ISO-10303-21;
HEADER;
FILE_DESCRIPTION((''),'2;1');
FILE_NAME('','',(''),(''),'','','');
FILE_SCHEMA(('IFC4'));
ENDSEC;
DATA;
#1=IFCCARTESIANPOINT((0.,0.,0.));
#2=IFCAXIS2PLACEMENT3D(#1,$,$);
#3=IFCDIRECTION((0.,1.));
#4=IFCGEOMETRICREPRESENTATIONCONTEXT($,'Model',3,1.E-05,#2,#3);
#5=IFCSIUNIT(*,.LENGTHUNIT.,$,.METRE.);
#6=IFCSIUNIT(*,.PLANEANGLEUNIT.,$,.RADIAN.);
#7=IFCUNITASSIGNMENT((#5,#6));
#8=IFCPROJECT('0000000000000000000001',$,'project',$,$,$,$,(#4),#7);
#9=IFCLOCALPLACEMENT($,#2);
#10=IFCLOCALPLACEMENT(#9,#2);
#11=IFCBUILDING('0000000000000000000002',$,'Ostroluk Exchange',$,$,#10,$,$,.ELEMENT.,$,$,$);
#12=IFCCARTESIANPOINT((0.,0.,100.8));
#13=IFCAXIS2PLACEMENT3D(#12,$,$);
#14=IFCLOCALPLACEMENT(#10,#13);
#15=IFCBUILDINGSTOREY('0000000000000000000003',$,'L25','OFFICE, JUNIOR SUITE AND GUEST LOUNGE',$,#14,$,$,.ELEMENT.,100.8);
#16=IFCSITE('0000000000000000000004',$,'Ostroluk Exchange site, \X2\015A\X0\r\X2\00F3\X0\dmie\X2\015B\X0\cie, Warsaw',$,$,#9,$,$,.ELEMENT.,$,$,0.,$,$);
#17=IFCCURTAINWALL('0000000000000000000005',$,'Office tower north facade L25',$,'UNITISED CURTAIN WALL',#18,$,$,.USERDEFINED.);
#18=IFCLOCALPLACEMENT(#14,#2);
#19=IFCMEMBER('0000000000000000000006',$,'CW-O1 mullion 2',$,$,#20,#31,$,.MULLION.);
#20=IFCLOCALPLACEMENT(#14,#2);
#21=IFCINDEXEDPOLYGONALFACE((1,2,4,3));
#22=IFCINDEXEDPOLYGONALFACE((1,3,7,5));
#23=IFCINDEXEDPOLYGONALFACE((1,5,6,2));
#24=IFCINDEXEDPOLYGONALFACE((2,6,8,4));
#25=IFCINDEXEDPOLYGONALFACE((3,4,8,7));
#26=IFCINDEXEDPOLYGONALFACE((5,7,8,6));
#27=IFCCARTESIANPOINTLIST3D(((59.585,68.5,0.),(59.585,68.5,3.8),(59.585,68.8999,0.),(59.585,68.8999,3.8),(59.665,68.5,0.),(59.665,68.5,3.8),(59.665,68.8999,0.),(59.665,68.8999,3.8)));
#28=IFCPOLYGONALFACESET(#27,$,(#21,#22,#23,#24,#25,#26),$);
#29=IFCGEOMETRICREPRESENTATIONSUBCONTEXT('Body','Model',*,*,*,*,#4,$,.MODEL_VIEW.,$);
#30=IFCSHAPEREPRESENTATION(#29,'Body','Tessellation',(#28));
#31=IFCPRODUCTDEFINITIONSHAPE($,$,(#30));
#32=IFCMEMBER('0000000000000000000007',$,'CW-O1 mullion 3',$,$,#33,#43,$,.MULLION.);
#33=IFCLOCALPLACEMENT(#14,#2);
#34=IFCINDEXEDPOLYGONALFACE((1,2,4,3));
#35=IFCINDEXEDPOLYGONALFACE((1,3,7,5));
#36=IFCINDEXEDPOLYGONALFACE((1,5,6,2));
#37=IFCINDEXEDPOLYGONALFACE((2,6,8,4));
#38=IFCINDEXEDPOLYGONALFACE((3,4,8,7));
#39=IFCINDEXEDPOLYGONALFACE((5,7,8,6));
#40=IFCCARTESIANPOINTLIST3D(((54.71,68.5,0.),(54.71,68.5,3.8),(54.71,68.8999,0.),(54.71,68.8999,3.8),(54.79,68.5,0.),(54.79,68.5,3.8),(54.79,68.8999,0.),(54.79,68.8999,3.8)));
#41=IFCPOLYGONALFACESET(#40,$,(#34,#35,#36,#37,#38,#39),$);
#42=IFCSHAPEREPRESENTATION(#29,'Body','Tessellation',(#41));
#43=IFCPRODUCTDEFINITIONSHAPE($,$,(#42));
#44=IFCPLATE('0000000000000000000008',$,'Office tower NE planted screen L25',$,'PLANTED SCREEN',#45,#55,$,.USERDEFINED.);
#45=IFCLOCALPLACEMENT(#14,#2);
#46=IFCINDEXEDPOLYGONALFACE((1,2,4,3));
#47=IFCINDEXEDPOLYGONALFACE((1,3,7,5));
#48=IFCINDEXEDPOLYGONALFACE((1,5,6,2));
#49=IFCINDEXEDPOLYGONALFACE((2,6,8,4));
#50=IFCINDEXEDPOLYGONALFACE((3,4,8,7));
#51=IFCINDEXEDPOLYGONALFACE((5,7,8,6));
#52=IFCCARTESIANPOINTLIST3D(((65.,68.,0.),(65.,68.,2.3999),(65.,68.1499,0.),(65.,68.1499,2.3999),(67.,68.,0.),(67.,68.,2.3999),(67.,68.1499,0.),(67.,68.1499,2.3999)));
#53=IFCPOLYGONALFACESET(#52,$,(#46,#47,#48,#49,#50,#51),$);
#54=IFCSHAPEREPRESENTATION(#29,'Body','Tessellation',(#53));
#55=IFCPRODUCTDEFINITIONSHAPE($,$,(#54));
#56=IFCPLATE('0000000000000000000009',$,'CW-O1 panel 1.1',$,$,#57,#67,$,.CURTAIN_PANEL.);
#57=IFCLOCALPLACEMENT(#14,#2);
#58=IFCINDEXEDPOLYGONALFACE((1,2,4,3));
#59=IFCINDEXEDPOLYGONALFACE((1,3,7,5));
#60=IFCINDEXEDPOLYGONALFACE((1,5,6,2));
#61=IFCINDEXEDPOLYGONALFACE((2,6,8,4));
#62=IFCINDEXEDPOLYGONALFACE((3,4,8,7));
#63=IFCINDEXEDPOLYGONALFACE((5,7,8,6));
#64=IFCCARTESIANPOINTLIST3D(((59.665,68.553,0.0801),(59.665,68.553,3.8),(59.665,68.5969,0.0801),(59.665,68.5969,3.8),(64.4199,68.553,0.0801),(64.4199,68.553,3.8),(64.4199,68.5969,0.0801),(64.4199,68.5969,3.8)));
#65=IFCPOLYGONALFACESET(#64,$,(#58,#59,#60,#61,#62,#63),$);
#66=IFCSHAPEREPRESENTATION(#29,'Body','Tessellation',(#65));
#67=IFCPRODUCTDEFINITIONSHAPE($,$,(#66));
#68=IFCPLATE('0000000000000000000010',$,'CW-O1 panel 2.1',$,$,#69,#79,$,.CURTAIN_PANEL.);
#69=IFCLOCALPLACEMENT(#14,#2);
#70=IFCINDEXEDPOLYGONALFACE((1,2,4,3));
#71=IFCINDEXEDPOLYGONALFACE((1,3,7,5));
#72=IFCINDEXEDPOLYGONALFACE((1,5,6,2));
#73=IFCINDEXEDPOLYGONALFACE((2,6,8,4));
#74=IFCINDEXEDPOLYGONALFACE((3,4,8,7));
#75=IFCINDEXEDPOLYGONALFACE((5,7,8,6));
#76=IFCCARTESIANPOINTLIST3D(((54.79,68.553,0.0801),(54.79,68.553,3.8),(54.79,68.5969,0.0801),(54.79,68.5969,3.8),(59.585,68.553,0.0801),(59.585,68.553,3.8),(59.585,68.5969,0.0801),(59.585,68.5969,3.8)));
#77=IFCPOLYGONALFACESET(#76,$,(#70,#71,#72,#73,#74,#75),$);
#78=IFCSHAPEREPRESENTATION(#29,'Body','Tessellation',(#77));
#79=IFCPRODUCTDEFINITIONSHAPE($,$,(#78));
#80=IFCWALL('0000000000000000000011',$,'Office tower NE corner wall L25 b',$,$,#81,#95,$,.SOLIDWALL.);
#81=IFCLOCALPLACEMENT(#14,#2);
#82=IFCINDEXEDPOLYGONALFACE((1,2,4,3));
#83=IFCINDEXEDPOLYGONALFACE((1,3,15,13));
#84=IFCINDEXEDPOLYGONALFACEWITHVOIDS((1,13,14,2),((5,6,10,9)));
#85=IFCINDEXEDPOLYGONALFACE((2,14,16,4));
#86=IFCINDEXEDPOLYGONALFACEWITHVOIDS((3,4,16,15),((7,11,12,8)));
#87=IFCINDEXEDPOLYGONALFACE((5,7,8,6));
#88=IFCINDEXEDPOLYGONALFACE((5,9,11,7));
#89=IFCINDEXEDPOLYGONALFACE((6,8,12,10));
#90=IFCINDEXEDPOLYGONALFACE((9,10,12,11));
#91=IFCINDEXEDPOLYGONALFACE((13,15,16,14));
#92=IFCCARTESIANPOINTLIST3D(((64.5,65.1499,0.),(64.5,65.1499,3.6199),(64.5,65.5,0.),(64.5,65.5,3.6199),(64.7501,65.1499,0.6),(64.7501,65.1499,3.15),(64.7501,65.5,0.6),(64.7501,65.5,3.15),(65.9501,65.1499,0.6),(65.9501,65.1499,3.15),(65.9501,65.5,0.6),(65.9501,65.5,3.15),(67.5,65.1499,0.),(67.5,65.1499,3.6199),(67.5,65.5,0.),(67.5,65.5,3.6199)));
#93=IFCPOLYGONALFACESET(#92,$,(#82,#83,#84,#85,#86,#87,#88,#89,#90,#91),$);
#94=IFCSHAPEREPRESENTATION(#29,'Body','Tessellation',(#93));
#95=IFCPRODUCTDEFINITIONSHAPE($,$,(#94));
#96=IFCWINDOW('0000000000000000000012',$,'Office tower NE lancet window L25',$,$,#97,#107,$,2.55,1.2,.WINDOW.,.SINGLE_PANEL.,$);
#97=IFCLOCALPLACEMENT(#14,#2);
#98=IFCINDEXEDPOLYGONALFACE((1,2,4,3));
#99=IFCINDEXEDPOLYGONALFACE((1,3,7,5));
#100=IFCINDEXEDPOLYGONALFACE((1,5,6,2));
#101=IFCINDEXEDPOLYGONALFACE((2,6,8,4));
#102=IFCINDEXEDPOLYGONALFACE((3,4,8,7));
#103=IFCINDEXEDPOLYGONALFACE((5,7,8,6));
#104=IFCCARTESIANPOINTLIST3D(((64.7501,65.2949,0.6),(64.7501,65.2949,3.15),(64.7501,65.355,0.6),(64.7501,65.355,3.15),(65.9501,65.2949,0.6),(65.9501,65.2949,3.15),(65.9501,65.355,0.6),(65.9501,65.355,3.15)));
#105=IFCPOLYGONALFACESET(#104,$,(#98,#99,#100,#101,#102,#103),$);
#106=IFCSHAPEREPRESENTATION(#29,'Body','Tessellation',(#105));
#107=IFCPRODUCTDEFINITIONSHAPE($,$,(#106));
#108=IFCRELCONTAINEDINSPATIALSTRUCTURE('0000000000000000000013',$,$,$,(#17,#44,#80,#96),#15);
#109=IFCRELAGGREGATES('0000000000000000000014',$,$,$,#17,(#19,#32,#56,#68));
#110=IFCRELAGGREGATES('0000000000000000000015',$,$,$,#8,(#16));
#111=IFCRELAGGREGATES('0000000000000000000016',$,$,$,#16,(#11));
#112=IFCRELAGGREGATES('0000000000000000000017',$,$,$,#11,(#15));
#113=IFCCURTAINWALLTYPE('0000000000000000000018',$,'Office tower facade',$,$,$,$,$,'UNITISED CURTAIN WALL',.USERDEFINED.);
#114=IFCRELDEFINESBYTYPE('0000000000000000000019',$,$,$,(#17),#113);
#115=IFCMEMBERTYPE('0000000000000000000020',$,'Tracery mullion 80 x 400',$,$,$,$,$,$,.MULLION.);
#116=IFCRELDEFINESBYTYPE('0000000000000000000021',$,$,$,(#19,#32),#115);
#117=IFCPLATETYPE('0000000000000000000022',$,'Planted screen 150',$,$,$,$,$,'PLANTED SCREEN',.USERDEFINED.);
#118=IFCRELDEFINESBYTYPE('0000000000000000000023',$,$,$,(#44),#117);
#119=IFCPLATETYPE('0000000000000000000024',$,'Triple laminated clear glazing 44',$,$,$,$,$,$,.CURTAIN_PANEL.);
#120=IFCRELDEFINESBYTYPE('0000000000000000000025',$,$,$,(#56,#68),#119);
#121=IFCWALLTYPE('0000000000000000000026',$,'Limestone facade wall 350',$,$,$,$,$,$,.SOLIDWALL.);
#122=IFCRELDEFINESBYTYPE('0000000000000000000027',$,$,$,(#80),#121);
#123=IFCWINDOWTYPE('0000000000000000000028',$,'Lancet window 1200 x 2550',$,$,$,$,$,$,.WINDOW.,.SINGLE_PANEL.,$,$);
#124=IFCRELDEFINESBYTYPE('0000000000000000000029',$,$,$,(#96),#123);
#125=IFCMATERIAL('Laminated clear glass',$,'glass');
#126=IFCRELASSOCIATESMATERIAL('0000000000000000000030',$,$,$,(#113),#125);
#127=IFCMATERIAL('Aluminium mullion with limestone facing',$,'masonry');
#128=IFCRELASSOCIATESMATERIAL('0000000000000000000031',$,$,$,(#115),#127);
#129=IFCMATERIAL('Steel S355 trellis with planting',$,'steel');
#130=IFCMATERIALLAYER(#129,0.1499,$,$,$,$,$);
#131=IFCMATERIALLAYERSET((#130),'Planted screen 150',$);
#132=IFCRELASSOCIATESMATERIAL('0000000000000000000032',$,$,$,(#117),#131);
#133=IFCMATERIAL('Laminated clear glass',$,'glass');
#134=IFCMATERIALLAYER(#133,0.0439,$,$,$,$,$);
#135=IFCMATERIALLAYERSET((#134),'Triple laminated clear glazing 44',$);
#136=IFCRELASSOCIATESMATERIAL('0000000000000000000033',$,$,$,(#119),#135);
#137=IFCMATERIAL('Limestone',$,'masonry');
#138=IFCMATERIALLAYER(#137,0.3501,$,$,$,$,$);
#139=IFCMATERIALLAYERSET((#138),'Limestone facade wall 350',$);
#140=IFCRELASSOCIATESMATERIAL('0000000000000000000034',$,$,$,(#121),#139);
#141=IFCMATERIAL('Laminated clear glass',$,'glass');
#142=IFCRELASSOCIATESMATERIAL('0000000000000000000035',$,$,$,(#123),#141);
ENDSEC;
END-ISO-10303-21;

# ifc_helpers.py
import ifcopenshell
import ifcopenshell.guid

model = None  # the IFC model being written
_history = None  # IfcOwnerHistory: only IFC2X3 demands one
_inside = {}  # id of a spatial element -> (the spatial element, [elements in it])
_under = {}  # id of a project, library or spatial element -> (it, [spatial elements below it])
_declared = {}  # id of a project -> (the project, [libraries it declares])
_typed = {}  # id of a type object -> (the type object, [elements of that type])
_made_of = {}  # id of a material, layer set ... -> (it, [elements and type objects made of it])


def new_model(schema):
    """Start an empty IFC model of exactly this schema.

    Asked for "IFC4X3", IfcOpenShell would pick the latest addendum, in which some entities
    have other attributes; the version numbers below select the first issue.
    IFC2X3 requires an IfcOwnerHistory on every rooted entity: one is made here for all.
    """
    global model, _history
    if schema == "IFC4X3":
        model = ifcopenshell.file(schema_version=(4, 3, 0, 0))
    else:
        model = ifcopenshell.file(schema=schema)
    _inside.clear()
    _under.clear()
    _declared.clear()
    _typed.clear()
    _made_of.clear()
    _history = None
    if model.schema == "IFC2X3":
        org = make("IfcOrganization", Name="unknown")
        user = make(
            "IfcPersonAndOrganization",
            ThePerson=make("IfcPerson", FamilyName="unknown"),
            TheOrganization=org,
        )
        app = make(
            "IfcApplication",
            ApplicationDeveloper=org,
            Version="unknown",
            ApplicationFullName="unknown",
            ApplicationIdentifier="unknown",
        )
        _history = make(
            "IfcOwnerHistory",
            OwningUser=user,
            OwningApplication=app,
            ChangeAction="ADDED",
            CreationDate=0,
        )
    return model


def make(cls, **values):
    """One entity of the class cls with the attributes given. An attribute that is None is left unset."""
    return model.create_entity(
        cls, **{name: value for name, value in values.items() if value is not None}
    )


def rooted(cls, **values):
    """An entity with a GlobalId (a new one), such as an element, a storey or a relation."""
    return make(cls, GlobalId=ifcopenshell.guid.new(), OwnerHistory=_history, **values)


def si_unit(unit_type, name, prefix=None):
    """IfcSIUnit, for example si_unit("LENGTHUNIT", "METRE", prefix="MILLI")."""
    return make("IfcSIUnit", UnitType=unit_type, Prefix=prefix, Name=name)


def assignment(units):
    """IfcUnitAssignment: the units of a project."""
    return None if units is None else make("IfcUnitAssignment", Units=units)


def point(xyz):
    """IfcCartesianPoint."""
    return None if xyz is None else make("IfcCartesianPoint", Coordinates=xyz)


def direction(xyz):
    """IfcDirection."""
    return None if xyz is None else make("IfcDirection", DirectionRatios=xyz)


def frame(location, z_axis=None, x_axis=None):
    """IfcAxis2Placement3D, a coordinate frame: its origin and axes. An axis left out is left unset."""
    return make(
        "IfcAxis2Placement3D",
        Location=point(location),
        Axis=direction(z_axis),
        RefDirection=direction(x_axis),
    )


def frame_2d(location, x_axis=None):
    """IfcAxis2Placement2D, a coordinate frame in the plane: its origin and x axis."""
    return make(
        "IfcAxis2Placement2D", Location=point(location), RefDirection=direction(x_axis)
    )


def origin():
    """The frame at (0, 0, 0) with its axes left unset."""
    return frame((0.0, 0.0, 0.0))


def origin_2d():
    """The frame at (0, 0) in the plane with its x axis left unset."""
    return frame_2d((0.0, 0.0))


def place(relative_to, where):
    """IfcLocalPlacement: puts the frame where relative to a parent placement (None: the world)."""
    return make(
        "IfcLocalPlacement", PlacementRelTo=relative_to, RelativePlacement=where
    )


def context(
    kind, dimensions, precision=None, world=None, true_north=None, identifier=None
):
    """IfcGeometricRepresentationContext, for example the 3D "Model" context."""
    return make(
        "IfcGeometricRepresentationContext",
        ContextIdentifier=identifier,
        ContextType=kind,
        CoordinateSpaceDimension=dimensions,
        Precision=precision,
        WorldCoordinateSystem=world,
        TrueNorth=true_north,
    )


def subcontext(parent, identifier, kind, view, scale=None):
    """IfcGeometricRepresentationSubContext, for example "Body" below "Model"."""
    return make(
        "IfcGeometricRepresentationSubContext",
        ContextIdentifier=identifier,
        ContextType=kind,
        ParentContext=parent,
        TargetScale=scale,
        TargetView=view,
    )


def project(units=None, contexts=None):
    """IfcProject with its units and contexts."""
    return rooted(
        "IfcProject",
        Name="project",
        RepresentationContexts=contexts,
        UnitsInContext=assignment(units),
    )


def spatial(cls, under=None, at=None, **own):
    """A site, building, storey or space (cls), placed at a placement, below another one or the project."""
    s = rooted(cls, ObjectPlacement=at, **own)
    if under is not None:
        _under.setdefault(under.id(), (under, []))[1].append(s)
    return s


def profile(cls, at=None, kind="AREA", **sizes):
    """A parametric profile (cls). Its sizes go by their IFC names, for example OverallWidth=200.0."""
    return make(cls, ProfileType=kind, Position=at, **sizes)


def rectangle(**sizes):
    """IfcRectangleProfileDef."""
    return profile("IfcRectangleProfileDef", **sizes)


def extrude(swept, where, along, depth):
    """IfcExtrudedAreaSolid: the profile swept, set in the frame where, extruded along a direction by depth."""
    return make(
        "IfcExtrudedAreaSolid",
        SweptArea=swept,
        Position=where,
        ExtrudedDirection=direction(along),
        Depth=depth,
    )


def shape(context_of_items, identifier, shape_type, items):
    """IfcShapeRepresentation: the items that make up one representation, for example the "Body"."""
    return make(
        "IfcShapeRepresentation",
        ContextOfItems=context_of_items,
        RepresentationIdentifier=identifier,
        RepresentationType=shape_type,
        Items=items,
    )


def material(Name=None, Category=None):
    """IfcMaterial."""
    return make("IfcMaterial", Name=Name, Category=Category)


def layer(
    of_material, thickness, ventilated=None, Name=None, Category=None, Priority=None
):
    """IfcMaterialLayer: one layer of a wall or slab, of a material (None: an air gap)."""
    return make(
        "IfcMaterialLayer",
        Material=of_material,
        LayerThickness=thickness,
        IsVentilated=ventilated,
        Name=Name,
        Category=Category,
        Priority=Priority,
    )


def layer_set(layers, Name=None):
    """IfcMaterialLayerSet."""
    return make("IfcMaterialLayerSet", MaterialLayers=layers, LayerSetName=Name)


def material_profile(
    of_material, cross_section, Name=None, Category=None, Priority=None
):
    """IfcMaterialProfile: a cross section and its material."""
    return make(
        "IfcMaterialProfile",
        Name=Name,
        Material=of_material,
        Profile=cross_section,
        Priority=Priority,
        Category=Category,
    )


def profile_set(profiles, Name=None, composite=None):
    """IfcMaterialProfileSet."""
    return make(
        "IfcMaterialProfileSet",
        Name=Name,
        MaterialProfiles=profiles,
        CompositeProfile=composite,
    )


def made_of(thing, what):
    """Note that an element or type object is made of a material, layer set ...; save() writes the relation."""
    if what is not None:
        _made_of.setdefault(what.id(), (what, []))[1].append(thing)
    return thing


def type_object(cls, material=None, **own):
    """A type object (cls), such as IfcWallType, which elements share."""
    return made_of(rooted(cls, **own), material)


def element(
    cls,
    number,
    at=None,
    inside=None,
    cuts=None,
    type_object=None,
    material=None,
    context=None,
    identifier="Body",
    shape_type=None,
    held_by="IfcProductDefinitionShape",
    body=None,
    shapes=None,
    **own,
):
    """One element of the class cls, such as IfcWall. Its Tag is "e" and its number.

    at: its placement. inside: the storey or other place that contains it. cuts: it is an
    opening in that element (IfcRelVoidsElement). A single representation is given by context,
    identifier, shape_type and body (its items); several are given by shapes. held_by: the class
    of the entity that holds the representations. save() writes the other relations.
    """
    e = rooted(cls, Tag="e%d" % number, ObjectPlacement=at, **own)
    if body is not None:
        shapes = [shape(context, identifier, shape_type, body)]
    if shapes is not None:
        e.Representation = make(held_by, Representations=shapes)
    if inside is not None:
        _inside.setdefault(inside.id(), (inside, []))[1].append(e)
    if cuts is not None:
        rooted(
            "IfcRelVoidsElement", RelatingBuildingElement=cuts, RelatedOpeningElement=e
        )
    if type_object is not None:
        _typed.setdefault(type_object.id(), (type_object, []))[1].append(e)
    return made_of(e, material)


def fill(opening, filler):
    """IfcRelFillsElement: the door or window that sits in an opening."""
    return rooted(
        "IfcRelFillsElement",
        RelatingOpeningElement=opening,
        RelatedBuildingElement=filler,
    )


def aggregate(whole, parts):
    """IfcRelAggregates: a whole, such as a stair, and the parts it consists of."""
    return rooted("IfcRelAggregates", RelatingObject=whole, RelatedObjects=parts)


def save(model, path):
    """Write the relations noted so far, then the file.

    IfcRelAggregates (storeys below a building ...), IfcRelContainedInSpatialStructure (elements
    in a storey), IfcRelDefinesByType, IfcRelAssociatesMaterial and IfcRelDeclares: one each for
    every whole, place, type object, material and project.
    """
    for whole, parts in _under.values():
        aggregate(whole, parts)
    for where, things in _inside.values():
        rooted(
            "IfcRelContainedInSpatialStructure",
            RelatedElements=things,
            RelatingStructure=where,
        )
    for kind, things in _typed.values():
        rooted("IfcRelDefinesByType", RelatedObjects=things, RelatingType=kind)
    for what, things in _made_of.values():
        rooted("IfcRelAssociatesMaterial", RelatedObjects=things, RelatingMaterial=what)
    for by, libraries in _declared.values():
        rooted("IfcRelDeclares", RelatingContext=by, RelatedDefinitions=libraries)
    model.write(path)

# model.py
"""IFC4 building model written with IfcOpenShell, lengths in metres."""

from ifc_helpers import new_model, si_unit, direction, frame, frame_2d, origin, origin_2d, place, context, subcontext, project, spatial, rectangle, extrude, material, layer, layer_set, material_profile, profile_set, type_object, element, fill, aggregate, save


model = new_model("IFC4")

# Units and contexts
model_context = context("Model", 3, precision=1e-05, world=origin(), true_north=direction((0.0, 1.0)))
body_context = subcontext(model_context, "Body", "Model", "MODEL_VIEW")
ifc_project = project(units=[si_unit("LENGTHUNIT", "METRE"), si_unit("PLANEANGLEUNIT", "RADIAN")], contexts=[model_context])

# Site, building, storey
site_placement = place(None, origin())
site = spatial("IfcSite", under=ifc_project, at=site_placement, Name="Ostroluk Exchange site, Śródmieście, Warsaw", CompositionType="ELEMENT", RefElevation=0.0)
building_placement = place(site_placement, origin())
building = spatial("IfcBuilding", under=site, at=building_placement, Name="Ostroluk Exchange", CompositionType="ELEMENT")
storey_placement = place(building_placement, frame((0.0, 0.0, 100.8)))
storey = spatial("IfcBuildingStorey", under=building, at=storey_placement, Name="L25", Description="OFFICE, JUNIOR SUITE AND GUEST LOUNGE", CompositionType="ELEMENT", Elevation=100.8)

# Curtain wall, members
ifc_material_1 = material(Name="Laminated clear glass", Category="glass")
curtain_wall_type = type_object("IfcCurtainWallType", Name="Office tower facade", ElementType="UNITISED CURTAIN WALL", PredefinedType="USERDEFINED", material=ifc_material_1)
curtain_wall_placement = place(storey_placement, origin())
curtain_wall = element("IfcCurtainWall", 1, at=curtain_wall_placement, inside=storey, type_object=curtain_wall_type, Name="Office tower north facade L25", ObjectType="UNITISED CURTAIN WALL", PredefinedType="USERDEFINED")
ifc_material_2 = material(Name="Aluminium mullion with limestone facing", Category="masonry")
ifc_material_profile_1 = material_profile(ifc_material_2, rectangle(XDim=0.3999, YDim=0.0801, at=origin_2d()), Name="Tracery mullion 80 x 400")
ifc_profile_set_1 = profile_set([ifc_material_profile_1], Name="Aluminium mullion with limestone facing")
member_type_1 = type_object("IfcMemberType", Name="Tracery mullion 80 x 400", PredefinedType="MULLION", material=ifc_profile_set_1)
member_1_placement = place(storey_placement, frame((59.625, 68.7, 0.0), z_axis=(0.0, 0.0, 1.0), x_axis=(0.0, -1.0, 0.0)))
member_1 = element("IfcMember", 2, at=member_1_placement, type_object=member_type_1, Name="CW-O1 mullion 2", PredefinedType="MULLION", context=body_context, shape_type="SweptSolid", body=[
    extrude(rectangle(XDim=0.3999, YDim=0.0801, at=origin_2d()), origin(), (0.0, 0.0, 1.0), 3.8),
])
member_2_placement = place(storey_placement, frame((54.75, 68.7, 0.0), z_axis=(0.0, 0.0, 1.0), x_axis=(0.0, -1.0, 0.0)))
member_2 = element("IfcMember", 3, at=member_2_placement, type_object=member_type_1, Name="CW-O1 mullion 3", PredefinedType="MULLION", context=body_context, shape_type="SweptSolid", body=[
    extrude(rectangle(XDim=0.3999, YDim=0.0801, at=origin_2d()), origin(), (0.0, 0.0, 1.0), 3.8),
])

# Plates
ifc_material_3 = material(Name="Steel S355 trellis with planting", Category="steel")
ifc_layer_1 = layer(ifc_material_3, 0.1499)
ifc_layer_set_1 = layer_set([ifc_layer_1], Name="Planted screen 150")
plate_type_1 = type_object("IfcPlateType", Name="Planted screen 150", ElementType="PLANTED SCREEN", PredefinedType="USERDEFINED", material=ifc_layer_set_1)
plate_1_placement = place(storey_placement, frame((66.0, 68.075, 0.0), z_axis=(0.0, 0.0, 1.0), x_axis=(1.0, 0.0, 0.0)))
element("IfcPlate", 4, at=plate_1_placement, inside=storey, type_object=plate_type_1, Name="Office tower NE planted screen L25", ObjectType="PLANTED SCREEN", PredefinedType="USERDEFINED", context=body_context, shape_type="SweptSolid", body=[
    extrude(rectangle(XDim=2.0, YDim=0.1499, at=origin_2d()), origin(), (0.0, 0.0, 1.0), 2.3999),
])
ifc_material_4 = material(Name="Laminated clear glass", Category="glass")
ifc_layer_2 = layer(ifc_material_4, 0.0439)
ifc_layer_set_2 = layer_set([ifc_layer_2], Name="Triple laminated clear glazing 44")
plate_type_2 = type_object("IfcPlateType", Name="Triple laminated clear glazing 44", PredefinedType="CURTAIN_PANEL", material=ifc_layer_set_2)
plate_2_placement = place(storey_placement, frame((62.0425, 68.575, 0.0801), z_axis=(0.0, 0.0, 1.0), x_axis=(-1.0, 0.0, 0.0)))
plate_2 = element("IfcPlate", 5, at=plate_2_placement, type_object=plate_type_2, Name="CW-O1 panel 1.1", PredefinedType="CURTAIN_PANEL", context=body_context, shape_type="SweptSolid", body=[
    extrude(rectangle(XDim=4.7549, YDim=0.0439, at=origin_2d()), origin(), (0.0, 0.0, 1.0), 3.72),
])
plate_3_placement = place(storey_placement, frame((57.1875, 68.575, 0.0801), z_axis=(0.0, 0.0, 1.0), x_axis=(-1.0, 0.0, 0.0)))
plate_3 = element("IfcPlate", 6, at=plate_3_placement, type_object=plate_type_2, Name="CW-O1 panel 2.1", PredefinedType="CURTAIN_PANEL", context=body_context, shape_type="SweptSolid", body=[
    extrude(rectangle(XDim=4.7949, YDim=0.0439, at=origin_2d()), origin(), (0.0, 0.0, 1.0), 3.72),
])
aggregate(curtain_wall, [member_1, member_2, plate_2, plate_3])

# Shared definitions
ifc_material_5 = material(Name="Limestone", Category="masonry")
ifc_layer_3 = layer(ifc_material_5, 0.3501)
ifc_layer_set_3 = layer_set([ifc_layer_3], Name="Limestone facade wall 350")
wall_type_1 = type_object("IfcWallType", Name="Limestone facade wall 350", PredefinedType="SOLIDWALL", material=ifc_layer_set_3)

# Wall, opening, window
wall_1_placement = place(storey_placement, frame((64.5, 65.325, 0.0), z_axis=(0.0, 0.0, 1.0), x_axis=(1.0, 0.0, 0.0)))
wall_1 = element("IfcWall", 7, at=wall_1_placement, inside=storey, type_object=wall_type_1, Name="Office tower NE corner wall L25 b", PredefinedType="SOLIDWALL", context=body_context, shape_type="SweptSolid", body=[
    extrude(rectangle(XDim=3.0, YDim=0.3501, at=frame_2d((1.5, 0.0))), origin(), (0.0, 0.0, 1.0), 3.6199),
])
opening_1_placement = place(wall_1_placement, frame((0.25, 0.0, 0.6001)))
opening_1 = element("IfcOpeningElement", 8, at=opening_1_placement, cuts=wall_1, PredefinedType="OPENING", context=body_context, shape_type="SweptSolid", body=[
    extrude(rectangle(XDim=1.2, YDim=2.55, at=frame_2d((0.6001, 1.2749))), frame((0.0, 0.1851, 0.0), z_axis=(0.0, -1.0, 0.0), x_axis=(1.0, 0.0, 0.0)), (0.0, 0.0, 1.0), 0.3701),
])
ifc_material_6 = material(Name="Laminated clear glass", Category="glass")
window_type = type_object("IfcWindowType", Name="Lancet window 1200 x 2550", PartitioningType="SINGLE_PANEL", PredefinedType="WINDOW", material=ifc_material_6)
window_placement = place(opening_1_placement, origin())
window = element("IfcWindow", 9, at=window_placement, inside=storey, type_object=window_type, Name="Office tower NE lancet window L25", OverallHeight=2.55, OverallWidth=1.2, PartitioningType="SINGLE_PANEL", PredefinedType="WINDOW", context=body_context, shape_type="SweptSolid", body=[
    extrude(rectangle(XDim=1.2, YDim=2.55, at=frame_2d((0.6001, 1.2749))), frame((0.0, 0.03, 0.0), z_axis=(0.0, -1.0, 0.0), x_axis=(1.0, 0.0, 0.0)), (0.0, 0.0, 1.0), 0.0601),
])
fill(opening_1, window)

save(model, "model.ifc")
